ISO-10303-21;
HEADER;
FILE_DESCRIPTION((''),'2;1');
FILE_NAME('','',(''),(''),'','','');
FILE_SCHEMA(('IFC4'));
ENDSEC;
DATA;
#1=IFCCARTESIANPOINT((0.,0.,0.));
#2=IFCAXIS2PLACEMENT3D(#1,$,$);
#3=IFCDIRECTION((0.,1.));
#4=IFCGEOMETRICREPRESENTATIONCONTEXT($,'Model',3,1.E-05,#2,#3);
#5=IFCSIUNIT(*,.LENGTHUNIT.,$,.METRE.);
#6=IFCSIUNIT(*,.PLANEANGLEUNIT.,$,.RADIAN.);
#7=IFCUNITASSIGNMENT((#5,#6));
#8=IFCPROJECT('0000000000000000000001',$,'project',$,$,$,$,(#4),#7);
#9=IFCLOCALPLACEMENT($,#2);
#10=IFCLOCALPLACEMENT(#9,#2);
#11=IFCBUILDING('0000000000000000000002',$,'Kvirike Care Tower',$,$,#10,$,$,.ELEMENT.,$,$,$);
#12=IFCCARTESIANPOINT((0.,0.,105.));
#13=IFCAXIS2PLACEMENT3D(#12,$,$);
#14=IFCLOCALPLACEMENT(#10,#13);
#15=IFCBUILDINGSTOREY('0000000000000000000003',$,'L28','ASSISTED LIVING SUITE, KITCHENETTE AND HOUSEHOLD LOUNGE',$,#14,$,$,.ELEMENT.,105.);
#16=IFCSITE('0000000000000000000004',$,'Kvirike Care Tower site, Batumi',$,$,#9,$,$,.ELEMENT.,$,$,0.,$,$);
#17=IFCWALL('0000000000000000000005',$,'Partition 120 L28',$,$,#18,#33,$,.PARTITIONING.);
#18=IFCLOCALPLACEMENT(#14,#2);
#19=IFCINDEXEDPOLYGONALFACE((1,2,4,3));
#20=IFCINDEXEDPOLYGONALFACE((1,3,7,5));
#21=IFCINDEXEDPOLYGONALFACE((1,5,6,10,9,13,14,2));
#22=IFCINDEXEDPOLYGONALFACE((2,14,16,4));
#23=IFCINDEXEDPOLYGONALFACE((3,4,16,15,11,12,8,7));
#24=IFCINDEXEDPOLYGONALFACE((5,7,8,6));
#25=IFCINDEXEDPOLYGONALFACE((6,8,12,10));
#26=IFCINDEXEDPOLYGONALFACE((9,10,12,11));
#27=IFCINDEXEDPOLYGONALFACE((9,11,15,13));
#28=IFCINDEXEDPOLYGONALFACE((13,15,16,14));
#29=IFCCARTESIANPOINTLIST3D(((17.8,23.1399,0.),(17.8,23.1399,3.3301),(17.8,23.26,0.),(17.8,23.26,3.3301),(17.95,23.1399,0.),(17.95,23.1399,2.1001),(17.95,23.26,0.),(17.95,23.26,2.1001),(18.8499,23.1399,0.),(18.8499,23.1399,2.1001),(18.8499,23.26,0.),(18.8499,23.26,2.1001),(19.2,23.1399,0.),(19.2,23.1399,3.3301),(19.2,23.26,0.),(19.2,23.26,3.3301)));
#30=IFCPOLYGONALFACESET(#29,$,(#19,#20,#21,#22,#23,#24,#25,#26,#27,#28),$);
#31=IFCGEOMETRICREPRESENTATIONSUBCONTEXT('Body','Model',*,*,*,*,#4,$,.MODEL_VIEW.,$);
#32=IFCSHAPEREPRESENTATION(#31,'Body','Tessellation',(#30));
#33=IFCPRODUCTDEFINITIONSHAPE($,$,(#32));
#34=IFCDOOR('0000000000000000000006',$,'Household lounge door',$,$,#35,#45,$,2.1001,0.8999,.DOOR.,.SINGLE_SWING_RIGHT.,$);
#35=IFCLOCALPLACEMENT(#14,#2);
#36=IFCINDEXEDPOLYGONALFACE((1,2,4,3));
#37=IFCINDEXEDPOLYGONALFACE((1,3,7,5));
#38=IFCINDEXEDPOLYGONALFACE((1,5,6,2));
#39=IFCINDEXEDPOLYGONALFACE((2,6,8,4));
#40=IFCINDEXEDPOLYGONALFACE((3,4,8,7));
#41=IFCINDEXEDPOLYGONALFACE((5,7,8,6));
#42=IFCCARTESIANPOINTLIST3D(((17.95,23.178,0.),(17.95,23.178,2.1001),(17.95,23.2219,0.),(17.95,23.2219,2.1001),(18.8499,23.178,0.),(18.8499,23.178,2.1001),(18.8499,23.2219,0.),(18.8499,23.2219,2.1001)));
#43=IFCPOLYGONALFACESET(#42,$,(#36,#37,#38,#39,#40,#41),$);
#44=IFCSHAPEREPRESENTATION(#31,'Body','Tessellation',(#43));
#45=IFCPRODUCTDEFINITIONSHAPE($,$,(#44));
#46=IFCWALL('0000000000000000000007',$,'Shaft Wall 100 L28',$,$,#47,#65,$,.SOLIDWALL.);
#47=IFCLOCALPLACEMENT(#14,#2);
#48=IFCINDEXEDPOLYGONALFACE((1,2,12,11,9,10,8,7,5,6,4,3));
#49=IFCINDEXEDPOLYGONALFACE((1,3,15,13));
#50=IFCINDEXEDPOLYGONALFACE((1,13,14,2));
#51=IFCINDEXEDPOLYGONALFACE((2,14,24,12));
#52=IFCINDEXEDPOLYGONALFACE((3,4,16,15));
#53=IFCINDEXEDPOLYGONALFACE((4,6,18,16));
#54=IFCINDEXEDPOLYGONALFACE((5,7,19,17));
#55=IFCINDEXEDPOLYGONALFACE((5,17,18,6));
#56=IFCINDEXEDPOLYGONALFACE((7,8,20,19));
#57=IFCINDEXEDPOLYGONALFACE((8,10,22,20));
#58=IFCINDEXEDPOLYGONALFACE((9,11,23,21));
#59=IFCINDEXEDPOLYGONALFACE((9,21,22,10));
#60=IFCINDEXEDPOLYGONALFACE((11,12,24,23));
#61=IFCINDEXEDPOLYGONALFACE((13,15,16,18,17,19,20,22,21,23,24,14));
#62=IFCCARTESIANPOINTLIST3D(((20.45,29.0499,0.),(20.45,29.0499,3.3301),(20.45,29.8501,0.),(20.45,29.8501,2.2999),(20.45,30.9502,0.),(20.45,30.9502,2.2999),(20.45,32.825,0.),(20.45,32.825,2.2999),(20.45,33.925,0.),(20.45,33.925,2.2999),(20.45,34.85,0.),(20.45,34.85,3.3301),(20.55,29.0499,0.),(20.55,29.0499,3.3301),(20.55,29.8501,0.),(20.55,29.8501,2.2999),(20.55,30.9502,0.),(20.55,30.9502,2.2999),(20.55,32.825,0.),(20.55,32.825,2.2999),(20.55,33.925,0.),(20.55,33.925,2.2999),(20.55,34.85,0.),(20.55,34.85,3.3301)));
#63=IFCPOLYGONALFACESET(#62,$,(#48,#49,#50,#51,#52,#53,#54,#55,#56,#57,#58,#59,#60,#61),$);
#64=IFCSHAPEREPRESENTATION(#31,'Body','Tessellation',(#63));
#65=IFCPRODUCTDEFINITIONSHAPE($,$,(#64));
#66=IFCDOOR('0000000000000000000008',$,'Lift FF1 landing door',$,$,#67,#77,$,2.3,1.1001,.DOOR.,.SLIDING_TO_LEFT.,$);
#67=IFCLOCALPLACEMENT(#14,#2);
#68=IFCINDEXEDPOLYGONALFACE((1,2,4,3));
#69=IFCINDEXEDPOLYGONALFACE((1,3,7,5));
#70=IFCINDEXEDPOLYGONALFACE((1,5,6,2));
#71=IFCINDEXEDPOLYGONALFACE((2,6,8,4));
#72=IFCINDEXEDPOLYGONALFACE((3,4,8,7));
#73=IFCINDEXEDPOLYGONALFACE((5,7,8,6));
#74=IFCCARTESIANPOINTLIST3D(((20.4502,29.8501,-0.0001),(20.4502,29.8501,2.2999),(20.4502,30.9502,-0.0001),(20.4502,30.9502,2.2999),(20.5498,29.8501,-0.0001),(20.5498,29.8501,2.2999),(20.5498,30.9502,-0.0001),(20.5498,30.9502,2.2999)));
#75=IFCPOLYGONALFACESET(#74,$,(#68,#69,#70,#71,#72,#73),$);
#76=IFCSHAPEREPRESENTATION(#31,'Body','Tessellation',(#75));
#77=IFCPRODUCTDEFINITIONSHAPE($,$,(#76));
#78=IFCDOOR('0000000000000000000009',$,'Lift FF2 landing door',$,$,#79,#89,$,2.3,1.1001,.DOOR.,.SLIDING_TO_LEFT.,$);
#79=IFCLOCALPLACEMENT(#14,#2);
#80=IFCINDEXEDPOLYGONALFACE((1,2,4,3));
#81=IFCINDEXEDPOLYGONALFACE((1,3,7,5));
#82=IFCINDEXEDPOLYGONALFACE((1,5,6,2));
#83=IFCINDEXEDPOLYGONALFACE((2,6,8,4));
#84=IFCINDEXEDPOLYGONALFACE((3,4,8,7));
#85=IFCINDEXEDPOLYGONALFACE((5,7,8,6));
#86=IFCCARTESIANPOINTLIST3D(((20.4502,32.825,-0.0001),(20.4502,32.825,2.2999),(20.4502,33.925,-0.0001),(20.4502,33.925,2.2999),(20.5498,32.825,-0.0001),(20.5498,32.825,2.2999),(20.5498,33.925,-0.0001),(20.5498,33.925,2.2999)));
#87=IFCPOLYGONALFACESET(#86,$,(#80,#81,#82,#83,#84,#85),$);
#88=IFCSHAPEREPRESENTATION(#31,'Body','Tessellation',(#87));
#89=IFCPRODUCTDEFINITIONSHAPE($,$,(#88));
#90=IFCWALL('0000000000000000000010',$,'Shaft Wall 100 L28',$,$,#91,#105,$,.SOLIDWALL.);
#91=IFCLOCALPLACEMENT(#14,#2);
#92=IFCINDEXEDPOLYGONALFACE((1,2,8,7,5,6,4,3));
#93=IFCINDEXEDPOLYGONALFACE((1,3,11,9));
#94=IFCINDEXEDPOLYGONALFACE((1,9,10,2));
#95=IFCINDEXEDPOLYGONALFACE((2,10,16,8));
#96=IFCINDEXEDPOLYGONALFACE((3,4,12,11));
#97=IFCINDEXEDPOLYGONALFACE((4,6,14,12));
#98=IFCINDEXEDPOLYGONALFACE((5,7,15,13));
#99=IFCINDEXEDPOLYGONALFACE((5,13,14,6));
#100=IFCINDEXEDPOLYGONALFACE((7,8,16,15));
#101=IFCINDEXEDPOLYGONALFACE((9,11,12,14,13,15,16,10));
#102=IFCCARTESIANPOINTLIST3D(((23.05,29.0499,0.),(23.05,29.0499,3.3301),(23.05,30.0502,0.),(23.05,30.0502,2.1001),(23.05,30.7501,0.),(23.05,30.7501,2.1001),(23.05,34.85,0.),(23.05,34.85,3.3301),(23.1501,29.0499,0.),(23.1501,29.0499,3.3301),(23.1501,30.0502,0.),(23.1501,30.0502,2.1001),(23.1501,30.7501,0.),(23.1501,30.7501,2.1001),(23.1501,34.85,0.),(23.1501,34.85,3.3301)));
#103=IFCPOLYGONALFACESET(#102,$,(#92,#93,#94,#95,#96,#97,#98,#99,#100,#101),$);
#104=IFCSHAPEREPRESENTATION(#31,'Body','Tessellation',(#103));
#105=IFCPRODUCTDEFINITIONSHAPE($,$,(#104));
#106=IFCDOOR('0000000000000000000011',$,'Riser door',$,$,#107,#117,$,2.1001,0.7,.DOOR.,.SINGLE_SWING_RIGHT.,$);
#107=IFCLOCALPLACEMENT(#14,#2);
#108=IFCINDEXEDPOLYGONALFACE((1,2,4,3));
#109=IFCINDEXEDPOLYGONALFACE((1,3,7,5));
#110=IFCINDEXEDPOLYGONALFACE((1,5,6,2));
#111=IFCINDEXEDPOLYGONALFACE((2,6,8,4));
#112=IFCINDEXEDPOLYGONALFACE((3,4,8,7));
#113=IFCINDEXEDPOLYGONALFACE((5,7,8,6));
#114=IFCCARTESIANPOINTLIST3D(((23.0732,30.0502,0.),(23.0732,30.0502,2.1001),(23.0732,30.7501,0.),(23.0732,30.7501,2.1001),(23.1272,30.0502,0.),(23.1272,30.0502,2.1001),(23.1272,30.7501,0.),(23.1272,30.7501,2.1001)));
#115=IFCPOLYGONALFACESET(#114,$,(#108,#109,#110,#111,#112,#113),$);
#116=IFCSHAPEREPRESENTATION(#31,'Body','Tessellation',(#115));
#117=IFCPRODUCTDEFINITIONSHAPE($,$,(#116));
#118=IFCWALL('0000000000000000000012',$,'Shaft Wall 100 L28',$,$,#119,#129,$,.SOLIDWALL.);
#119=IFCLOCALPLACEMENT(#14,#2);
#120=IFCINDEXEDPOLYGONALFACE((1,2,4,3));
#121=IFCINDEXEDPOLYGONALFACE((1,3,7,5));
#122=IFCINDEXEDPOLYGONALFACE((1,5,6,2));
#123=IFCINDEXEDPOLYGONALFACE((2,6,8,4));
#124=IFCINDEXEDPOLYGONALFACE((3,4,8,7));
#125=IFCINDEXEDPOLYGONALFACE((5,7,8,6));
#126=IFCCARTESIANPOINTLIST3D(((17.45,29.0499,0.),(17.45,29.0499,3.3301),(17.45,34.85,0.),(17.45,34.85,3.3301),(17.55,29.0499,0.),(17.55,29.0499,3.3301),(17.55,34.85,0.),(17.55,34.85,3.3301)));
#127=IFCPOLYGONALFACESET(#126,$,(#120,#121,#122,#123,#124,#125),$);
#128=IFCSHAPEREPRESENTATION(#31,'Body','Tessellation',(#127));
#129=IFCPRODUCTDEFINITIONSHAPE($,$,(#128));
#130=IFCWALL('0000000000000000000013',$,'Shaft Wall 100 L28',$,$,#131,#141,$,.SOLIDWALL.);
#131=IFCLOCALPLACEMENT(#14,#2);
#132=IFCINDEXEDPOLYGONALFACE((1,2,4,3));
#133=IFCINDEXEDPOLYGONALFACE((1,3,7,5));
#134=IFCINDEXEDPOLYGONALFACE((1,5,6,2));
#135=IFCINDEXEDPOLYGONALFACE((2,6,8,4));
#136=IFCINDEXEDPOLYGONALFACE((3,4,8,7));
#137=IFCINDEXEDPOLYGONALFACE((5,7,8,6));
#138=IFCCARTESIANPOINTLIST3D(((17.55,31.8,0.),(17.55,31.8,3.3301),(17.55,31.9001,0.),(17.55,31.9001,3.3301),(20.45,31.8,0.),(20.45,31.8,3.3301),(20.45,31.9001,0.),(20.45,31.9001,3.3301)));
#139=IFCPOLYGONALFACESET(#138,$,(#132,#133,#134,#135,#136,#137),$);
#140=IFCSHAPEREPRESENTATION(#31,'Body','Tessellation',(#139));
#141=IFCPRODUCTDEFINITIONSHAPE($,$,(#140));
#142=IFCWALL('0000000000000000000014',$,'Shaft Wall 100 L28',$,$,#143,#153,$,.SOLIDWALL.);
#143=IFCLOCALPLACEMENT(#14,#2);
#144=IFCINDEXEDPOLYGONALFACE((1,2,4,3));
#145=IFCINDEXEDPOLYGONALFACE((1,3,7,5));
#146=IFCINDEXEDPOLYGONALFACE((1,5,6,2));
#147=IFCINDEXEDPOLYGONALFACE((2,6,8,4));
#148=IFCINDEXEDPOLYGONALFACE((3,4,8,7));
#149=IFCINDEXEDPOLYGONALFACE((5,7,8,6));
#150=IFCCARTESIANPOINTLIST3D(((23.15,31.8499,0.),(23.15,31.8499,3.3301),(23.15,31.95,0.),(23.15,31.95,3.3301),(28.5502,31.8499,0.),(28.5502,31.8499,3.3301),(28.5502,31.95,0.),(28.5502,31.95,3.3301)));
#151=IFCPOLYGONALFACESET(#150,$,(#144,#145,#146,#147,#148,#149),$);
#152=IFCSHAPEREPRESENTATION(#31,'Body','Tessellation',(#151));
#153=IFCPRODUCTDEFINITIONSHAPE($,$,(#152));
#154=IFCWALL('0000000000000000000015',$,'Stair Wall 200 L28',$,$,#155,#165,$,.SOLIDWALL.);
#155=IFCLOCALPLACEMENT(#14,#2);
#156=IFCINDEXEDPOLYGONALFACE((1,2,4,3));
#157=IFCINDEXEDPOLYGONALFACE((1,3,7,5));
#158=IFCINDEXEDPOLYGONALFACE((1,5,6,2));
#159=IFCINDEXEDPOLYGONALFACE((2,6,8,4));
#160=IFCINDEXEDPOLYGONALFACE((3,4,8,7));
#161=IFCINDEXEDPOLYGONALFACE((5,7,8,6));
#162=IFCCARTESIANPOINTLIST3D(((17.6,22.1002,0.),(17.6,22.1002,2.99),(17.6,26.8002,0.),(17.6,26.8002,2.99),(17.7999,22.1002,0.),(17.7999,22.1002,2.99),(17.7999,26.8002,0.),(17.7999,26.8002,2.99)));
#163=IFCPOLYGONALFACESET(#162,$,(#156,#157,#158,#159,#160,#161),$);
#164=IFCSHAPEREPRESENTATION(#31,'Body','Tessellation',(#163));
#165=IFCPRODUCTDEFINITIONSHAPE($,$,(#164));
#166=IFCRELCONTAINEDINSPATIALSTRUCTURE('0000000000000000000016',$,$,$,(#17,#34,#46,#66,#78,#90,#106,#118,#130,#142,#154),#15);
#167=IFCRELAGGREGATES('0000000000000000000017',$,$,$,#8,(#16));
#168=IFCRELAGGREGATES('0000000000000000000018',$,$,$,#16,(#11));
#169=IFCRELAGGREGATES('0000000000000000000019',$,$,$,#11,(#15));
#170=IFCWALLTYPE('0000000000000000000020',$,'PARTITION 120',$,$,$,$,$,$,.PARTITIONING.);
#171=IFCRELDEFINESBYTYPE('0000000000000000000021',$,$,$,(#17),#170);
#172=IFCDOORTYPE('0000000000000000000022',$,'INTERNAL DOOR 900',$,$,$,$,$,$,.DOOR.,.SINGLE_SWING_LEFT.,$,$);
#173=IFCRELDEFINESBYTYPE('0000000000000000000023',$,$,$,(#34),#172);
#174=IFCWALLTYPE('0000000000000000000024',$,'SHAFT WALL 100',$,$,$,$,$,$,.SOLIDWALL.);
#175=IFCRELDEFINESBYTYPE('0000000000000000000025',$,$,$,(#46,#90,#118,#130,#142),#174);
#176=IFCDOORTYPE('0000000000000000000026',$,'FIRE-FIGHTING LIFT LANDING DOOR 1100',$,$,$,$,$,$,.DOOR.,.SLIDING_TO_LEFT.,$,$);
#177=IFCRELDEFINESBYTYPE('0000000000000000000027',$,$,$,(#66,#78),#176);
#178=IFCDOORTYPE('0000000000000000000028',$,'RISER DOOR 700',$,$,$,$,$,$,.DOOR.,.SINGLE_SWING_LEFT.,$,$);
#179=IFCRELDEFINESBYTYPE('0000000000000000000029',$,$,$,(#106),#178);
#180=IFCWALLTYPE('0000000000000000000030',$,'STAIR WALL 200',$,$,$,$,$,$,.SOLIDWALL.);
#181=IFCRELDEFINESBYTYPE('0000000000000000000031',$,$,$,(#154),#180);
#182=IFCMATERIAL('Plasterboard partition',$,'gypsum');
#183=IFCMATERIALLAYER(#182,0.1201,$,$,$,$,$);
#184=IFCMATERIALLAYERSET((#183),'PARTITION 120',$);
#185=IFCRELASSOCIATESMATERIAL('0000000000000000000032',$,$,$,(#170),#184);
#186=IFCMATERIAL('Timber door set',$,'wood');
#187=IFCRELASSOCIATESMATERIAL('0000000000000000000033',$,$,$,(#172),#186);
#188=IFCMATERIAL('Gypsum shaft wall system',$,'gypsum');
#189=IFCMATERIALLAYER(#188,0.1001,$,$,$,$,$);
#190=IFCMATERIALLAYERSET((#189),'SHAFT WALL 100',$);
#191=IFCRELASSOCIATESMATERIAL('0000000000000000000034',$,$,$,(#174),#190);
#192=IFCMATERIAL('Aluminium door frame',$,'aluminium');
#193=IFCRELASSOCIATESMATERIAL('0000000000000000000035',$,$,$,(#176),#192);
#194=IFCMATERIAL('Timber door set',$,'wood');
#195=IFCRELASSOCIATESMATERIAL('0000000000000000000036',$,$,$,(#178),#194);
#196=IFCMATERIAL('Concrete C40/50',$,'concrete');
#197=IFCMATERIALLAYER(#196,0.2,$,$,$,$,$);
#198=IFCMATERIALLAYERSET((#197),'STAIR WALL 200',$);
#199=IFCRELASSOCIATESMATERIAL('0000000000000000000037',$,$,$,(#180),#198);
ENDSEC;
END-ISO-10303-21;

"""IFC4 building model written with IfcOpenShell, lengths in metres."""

from ifc_helpers import new_model, si_unit, direction, frame, frame_2d, origin, place, context, subcontext, project, spatial, rectangle, extrude, material, layer, layer_set, type_object, element, fill, save


model = new_model("IFC4")

# Units and contexts
model_context = context("Model", 3, precision=1e-05, world=origin(), true_north=direction((0.0, 1.0)))
body_context = subcontext(model_context, "Body", "Model", "MODEL_VIEW")
ifc_project = project(units=[si_unit("LENGTHUNIT", "METRE"), si_unit("PLANEANGLEUNIT", "RADIAN")], contexts=[model_context])

# Site, building, storey
site_placement = place(None, origin())
site = spatial("IfcSite", under=ifc_project, at=site_placement, Name="Kvirike Care Tower site, Batumi", CompositionType="ELEMENT", RefElevation=0.0)
building_placement = place(site_placement, origin())
building = spatial("IfcBuilding", under=site, at=building_placement, Name="Kvirike Care Tower", CompositionType="ELEMENT")
storey_placement = place(building_placement, frame((0.0, 0.0, 105.0)))
storey = spatial("IfcBuildingStorey", under=building, at=storey_placement, Name="L28", Description="ASSISTED LIVING SUITE, KITCHENETTE AND HOUSEHOLD LOUNGE", CompositionType="ELEMENT", Elevation=105.0)

# Wall, opening, door
ifc_material_1 = material(Name="Plasterboard partition", Category="gypsum")
ifc_layer_1 = layer(ifc_material_1, 0.1201)
ifc_layer_set_1 = layer_set([ifc_layer_1], Name="PARTITION 120")
wall_type_1 = type_object("IfcWallType", Name="PARTITION 120", PredefinedType="PARTITIONING", material=ifc_layer_set_1)
wall_1_placement = place(storey_placement, frame((17.8, 23.2, 0.0), z_axis=(0.0, 0.0, 1.0), x_axis=(1.0, 0.0, 0.0)))
wall_1 = element("IfcWall", 1, at=wall_1_placement, inside=storey, type_object=wall_type_1, Name="Partition 120 L28", PredefinedType="PARTITIONING", context=body_context, shape_type="SweptSolid", body=[
    extrude(rectangle(XDim=1.3999, YDim=0.1201, at=frame_2d((0.7, 0.0))), origin(), (0.0, 0.0, 1.0), 3.3301),
])
opening_1_placement = place(wall_1_placement, frame((0.1499, 0.0, 0.0)))
opening_1 = element("IfcOpeningElement", 2, at=opening_1_placement, cuts=wall_1, PredefinedType="OPENING", context=body_context, shape_type="SweptSolid", body=[
    extrude(rectangle(XDim=0.8999, YDim=2.1001, at=frame_2d((0.45, 1.05))), frame((0.0, 0.0706, 0.0), z_axis=(0.0, -1.0, 0.0), x_axis=(1.0, 0.0, 0.0)), (0.0, 0.0, 1.0), 0.1411),
])
ifc_material_2 = material(Name="Timber door set", Category="wood")
door_type_1 = type_object("IfcDoorType", Name="INTERNAL DOOR 900", OperationType="SINGLE_SWING_LEFT", PredefinedType="DOOR", material=ifc_material_2)
door_1_placement = place(opening_1_placement, origin())
door_1 = element("IfcDoor", 3, at=door_1_placement, inside=storey, type_object=door_type_1, Name="Household lounge door", OperationType="SINGLE_SWING_RIGHT", OverallHeight=2.1001, OverallWidth=0.8999, PredefinedType="DOOR", context=body_context, shape_type="SweptSolid", body=[
    extrude(rectangle(XDim=0.8999, YDim=2.1001, at=frame_2d((0.45, 1.05))), frame((0.0, 0.022, 0.0), z_axis=(0.0, -1.0, 0.0), x_axis=(1.0, 0.0, 0.0)), (0.0, 0.0, 1.0), 0.0439),
])
fill(opening_1, door_1)

# Wall, openings, doors
ifc_material_3 = material(Name="Gypsum shaft wall system", Category="gypsum")
ifc_layer_2 = layer(ifc_material_3, 0.1001)
ifc_layer_set_2 = layer_set([ifc_layer_2], Name="SHAFT WALL 100")
wall_type_2 = type_object("IfcWallType", Name="SHAFT WALL 100", PredefinedType="SOLIDWALL", material=ifc_layer_set_2)
wall_2_placement = place(storey_placement, frame((20.5, 29.05, 0.0), z_axis=(0.0, 0.0, 1.0), x_axis=(0.0, 1.0, 0.0)))
wall_2 = element("IfcWall", 4, at=wall_2_placement, inside=storey, type_object=wall_type_2, Name="Shaft Wall 100 L28", PredefinedType="SOLIDWALL", context=body_context, shape_type="SweptSolid", body=[
    extrude(rectangle(XDim=5.8, YDim=0.1001, at=frame_2d((2.8999, 0.0))), origin(), (0.0, 0.0, 1.0), 3.3301),
])
opening_2_placement = place(wall_2_placement, frame((0.8, 0.0, 0.0)))
opening_2 = element("IfcOpeningElement", 5, at=opening_2_placement, cuts=wall_2, PredefinedType="OPENING", context=body_context, shape_type="SweptSolid", body=[
    extrude(rectangle(XDim=1.1001, YDim=2.3, at=frame_2d((0.55, 1.1499))), frame((0.0, 0.0605, 0.0), z_axis=(0.0, -1.0, 0.0), x_axis=(1.0, 0.0, 0.0)), (0.0, 0.0, 1.0), 0.1211),
])
opening_3_placement = place(wall_2_placement, frame((3.7749, 0.0, 0.0)))
opening_3 = element("IfcOpeningElement", 6, at=opening_3_placement, cuts=wall_2, PredefinedType="OPENING", context=body_context, shape_type="SweptSolid", body=[
    extrude(rectangle(XDim=1.1001, YDim=2.3, at=frame_2d((0.55, 1.1499))), frame((0.0, 0.0605, 0.0), z_axis=(0.0, -1.0, 0.0), x_axis=(1.0, 0.0, 0.0)), (0.0, 0.0, 1.0), 0.1211),
])
ifc_material_4 = material(Name="Aluminium door frame", Category="aluminium")
door_type_2 = type_object("IfcDoorType", Name="FIRE-FIGHTING LIFT LANDING DOOR 1100", OperationType="SLIDING_TO_LEFT", PredefinedType="DOOR", material=ifc_material_4)
door_2_placement = place(opening_2_placement, origin())
door_2 = element("IfcDoor", 7, at=door_2_placement, inside=storey, type_object=door_type_2, Name="Lift FF1 landing door", OperationType="SLIDING_TO_LEFT", OverallHeight=2.3, OverallWidth=1.1001, PredefinedType="DOOR", context=body_context, shape_type="SweptSolid", body=[
    extrude(rectangle(XDim=1.1001, YDim=2.3, at=frame_2d((0.55, 1.1499))), frame((0.0, 0.0498, 0.0), z_axis=(0.0, -1.0, 0.0), x_axis=(1.0, 0.0, 0.0)), (0.0, 0.0, 1.0), 0.0996),
])
fill(opening_2, door_2)
door_3_placement = place(opening_3_placement, origin())
door_3 = element("IfcDoor", 8, at=door_3_placement, inside=storey, type_object=door_type_2, Name="Lift FF2 landing door", OperationType="SLIDING_TO_LEFT", OverallHeight=2.3, OverallWidth=1.1001, PredefinedType="DOOR", context=body_context, shape_type="SweptSolid", body=[
    extrude(rectangle(XDim=1.1001, YDim=2.3, at=frame_2d((0.55, 1.1499))), frame((0.0, 0.0498, 0.0), z_axis=(0.0, -1.0, 0.0), x_axis=(1.0, 0.0, 0.0)), (0.0, 0.0, 1.0), 0.0996),
])
fill(opening_3, door_3)

# Wall, opening, door
wall_3_placement = place(storey_placement, frame((23.1001, 29.05, 0.0), z_axis=(0.0, 0.0, 1.0), x_axis=(0.0, 1.0, 0.0)))
wall_3 = element("IfcWall", 9, at=wall_3_placement, inside=storey, type_object=wall_type_2, Name="Shaft Wall 100 L28", PredefinedType="SOLIDWALL", context=body_context, shape_type="SweptSolid", body=[
    extrude(rectangle(XDim=5.8, YDim=0.1001, at=frame_2d((2.8999, 0.0))), origin(), (0.0, 0.0, 1.0), 3.3301),
])
opening_4_placement = place(wall_3_placement, frame((1.0, 0.0, 0.0)))
opening_4 = element("IfcOpeningElement", 10, at=opening_4_placement, cuts=wall_3, PredefinedType="OPENING", context=body_context, shape_type="SweptSolid", body=[
    extrude(rectangle(XDim=0.7, YDim=2.1001, at=frame_2d((0.3501, 1.05))), frame((0.0, 0.0605, 0.0), z_axis=(0.0, -1.0, 0.0), x_axis=(1.0, 0.0, 0.0)), (0.0, 0.0, 1.0), 0.1211),
])
ifc_material_5 = material(Name="Timber door set", Category="wood")
door_type_3 = type_object("IfcDoorType", Name="RISER DOOR 700", OperationType="SINGLE_SWING_LEFT", PredefinedType="DOOR", material=ifc_material_5)
door_4_placement = place(opening_4_placement, origin())
door_4 = element("IfcDoor", 11, at=door_4_placement, inside=storey, type_object=door_type_3, Name="Riser door", OperationType="SINGLE_SWING_RIGHT", OverallHeight=2.1001, OverallWidth=0.7, PredefinedType="DOOR", context=body_context, shape_type="SweptSolid", body=[
    extrude(rectangle(XDim=0.7, YDim=2.1001, at=frame_2d((0.3501, 1.05))), frame((0.0, 0.0269, 0.0), z_axis=(0.0, -1.0, 0.0), x_axis=(1.0, 0.0, 0.0)), (0.0, 0.0, 1.0), 0.054),
])
fill(opening_4, door_4)

# Walls
wall_4_placement = place(storey_placement, frame((17.5, 29.05, 0.0), z_axis=(0.0, 0.0, 1.0), x_axis=(0.0, 1.0, 0.0)))
element("IfcWall", 12, at=wall_4_placement, inside=storey, type_object=wall_type_2, Name="Shaft Wall 100 L28", PredefinedType="SOLIDWALL", context=body_context, shape_type="SweptSolid", body=[
    extrude(rectangle(XDim=5.8, YDim=0.1001, at=frame_2d((2.8999, 0.0))), origin(), (0.0, 0.0, 1.0), 3.3301),
])
wall_5_placement = place(storey_placement, frame((17.55, 31.8501, 0.0), z_axis=(0.0, 0.0, 1.0), x_axis=(1.0, 0.0, 0.0)))
element("IfcWall", 13, at=wall_5_placement, inside=storey, type_object=wall_type_2, Name="Shaft Wall 100 L28", PredefinedType="SOLIDWALL", context=body_context, shape_type="SweptSolid", body=[
    extrude(rectangle(XDim=2.8999, YDim=0.1001, at=frame_2d((1.45, 0.0))), origin(), (0.0, 0.0, 1.0), 3.3301),
])
wall_6_placement = place(storey_placement, frame((23.1499, 31.8999, 0.0), z_axis=(0.0, 0.0, 1.0), x_axis=(1.0, 0.0, 0.0)))
element("IfcWall", 14, at=wall_6_placement, inside=storey, type_object=wall_type_2, Name="Shaft Wall 100 L28", PredefinedType="SOLIDWALL", context=body_context, shape_type="SweptSolid", body=[
    extrude(rectangle(XDim=5.4001, YDim=0.1001, at=frame_2d((2.7002, 0.0))), origin(), (0.0, 0.0, 1.0), 3.3301),
])
ifc_material_6 = material(Name="Concrete C40/50", Category="concrete")
ifc_layer_3 = layer(ifc_material_6, 0.2)
ifc_layer_set_3 = layer_set([ifc_layer_3], Name="STAIR WALL 200")
wall_type_3 = type_object("IfcWallType", Name="STAIR WALL 200", PredefinedType="SOLIDWALL", material=ifc_layer_set_3)
wall_7_placement = place(storey_placement, frame((17.7, 22.1001, 0.0), z_axis=(0.0, 0.0, 1.0), x_axis=(0.0, 1.0, 0.0)))
element("IfcWall", 15, at=wall_7_placement, inside=storey, type_object=wall_type_3, Name="Stair Wall 200 L28", PredefinedType="SOLIDWALL", context=body_context, shape_type="SweptSolid", body=[
    extrude(rectangle(XDim=4.7, YDim=0.2, at=frame_2d((2.3501, 0.0))), origin(), (0.0, 0.0, 1.0), 2.99),
])

save(model, "model.ifc")
